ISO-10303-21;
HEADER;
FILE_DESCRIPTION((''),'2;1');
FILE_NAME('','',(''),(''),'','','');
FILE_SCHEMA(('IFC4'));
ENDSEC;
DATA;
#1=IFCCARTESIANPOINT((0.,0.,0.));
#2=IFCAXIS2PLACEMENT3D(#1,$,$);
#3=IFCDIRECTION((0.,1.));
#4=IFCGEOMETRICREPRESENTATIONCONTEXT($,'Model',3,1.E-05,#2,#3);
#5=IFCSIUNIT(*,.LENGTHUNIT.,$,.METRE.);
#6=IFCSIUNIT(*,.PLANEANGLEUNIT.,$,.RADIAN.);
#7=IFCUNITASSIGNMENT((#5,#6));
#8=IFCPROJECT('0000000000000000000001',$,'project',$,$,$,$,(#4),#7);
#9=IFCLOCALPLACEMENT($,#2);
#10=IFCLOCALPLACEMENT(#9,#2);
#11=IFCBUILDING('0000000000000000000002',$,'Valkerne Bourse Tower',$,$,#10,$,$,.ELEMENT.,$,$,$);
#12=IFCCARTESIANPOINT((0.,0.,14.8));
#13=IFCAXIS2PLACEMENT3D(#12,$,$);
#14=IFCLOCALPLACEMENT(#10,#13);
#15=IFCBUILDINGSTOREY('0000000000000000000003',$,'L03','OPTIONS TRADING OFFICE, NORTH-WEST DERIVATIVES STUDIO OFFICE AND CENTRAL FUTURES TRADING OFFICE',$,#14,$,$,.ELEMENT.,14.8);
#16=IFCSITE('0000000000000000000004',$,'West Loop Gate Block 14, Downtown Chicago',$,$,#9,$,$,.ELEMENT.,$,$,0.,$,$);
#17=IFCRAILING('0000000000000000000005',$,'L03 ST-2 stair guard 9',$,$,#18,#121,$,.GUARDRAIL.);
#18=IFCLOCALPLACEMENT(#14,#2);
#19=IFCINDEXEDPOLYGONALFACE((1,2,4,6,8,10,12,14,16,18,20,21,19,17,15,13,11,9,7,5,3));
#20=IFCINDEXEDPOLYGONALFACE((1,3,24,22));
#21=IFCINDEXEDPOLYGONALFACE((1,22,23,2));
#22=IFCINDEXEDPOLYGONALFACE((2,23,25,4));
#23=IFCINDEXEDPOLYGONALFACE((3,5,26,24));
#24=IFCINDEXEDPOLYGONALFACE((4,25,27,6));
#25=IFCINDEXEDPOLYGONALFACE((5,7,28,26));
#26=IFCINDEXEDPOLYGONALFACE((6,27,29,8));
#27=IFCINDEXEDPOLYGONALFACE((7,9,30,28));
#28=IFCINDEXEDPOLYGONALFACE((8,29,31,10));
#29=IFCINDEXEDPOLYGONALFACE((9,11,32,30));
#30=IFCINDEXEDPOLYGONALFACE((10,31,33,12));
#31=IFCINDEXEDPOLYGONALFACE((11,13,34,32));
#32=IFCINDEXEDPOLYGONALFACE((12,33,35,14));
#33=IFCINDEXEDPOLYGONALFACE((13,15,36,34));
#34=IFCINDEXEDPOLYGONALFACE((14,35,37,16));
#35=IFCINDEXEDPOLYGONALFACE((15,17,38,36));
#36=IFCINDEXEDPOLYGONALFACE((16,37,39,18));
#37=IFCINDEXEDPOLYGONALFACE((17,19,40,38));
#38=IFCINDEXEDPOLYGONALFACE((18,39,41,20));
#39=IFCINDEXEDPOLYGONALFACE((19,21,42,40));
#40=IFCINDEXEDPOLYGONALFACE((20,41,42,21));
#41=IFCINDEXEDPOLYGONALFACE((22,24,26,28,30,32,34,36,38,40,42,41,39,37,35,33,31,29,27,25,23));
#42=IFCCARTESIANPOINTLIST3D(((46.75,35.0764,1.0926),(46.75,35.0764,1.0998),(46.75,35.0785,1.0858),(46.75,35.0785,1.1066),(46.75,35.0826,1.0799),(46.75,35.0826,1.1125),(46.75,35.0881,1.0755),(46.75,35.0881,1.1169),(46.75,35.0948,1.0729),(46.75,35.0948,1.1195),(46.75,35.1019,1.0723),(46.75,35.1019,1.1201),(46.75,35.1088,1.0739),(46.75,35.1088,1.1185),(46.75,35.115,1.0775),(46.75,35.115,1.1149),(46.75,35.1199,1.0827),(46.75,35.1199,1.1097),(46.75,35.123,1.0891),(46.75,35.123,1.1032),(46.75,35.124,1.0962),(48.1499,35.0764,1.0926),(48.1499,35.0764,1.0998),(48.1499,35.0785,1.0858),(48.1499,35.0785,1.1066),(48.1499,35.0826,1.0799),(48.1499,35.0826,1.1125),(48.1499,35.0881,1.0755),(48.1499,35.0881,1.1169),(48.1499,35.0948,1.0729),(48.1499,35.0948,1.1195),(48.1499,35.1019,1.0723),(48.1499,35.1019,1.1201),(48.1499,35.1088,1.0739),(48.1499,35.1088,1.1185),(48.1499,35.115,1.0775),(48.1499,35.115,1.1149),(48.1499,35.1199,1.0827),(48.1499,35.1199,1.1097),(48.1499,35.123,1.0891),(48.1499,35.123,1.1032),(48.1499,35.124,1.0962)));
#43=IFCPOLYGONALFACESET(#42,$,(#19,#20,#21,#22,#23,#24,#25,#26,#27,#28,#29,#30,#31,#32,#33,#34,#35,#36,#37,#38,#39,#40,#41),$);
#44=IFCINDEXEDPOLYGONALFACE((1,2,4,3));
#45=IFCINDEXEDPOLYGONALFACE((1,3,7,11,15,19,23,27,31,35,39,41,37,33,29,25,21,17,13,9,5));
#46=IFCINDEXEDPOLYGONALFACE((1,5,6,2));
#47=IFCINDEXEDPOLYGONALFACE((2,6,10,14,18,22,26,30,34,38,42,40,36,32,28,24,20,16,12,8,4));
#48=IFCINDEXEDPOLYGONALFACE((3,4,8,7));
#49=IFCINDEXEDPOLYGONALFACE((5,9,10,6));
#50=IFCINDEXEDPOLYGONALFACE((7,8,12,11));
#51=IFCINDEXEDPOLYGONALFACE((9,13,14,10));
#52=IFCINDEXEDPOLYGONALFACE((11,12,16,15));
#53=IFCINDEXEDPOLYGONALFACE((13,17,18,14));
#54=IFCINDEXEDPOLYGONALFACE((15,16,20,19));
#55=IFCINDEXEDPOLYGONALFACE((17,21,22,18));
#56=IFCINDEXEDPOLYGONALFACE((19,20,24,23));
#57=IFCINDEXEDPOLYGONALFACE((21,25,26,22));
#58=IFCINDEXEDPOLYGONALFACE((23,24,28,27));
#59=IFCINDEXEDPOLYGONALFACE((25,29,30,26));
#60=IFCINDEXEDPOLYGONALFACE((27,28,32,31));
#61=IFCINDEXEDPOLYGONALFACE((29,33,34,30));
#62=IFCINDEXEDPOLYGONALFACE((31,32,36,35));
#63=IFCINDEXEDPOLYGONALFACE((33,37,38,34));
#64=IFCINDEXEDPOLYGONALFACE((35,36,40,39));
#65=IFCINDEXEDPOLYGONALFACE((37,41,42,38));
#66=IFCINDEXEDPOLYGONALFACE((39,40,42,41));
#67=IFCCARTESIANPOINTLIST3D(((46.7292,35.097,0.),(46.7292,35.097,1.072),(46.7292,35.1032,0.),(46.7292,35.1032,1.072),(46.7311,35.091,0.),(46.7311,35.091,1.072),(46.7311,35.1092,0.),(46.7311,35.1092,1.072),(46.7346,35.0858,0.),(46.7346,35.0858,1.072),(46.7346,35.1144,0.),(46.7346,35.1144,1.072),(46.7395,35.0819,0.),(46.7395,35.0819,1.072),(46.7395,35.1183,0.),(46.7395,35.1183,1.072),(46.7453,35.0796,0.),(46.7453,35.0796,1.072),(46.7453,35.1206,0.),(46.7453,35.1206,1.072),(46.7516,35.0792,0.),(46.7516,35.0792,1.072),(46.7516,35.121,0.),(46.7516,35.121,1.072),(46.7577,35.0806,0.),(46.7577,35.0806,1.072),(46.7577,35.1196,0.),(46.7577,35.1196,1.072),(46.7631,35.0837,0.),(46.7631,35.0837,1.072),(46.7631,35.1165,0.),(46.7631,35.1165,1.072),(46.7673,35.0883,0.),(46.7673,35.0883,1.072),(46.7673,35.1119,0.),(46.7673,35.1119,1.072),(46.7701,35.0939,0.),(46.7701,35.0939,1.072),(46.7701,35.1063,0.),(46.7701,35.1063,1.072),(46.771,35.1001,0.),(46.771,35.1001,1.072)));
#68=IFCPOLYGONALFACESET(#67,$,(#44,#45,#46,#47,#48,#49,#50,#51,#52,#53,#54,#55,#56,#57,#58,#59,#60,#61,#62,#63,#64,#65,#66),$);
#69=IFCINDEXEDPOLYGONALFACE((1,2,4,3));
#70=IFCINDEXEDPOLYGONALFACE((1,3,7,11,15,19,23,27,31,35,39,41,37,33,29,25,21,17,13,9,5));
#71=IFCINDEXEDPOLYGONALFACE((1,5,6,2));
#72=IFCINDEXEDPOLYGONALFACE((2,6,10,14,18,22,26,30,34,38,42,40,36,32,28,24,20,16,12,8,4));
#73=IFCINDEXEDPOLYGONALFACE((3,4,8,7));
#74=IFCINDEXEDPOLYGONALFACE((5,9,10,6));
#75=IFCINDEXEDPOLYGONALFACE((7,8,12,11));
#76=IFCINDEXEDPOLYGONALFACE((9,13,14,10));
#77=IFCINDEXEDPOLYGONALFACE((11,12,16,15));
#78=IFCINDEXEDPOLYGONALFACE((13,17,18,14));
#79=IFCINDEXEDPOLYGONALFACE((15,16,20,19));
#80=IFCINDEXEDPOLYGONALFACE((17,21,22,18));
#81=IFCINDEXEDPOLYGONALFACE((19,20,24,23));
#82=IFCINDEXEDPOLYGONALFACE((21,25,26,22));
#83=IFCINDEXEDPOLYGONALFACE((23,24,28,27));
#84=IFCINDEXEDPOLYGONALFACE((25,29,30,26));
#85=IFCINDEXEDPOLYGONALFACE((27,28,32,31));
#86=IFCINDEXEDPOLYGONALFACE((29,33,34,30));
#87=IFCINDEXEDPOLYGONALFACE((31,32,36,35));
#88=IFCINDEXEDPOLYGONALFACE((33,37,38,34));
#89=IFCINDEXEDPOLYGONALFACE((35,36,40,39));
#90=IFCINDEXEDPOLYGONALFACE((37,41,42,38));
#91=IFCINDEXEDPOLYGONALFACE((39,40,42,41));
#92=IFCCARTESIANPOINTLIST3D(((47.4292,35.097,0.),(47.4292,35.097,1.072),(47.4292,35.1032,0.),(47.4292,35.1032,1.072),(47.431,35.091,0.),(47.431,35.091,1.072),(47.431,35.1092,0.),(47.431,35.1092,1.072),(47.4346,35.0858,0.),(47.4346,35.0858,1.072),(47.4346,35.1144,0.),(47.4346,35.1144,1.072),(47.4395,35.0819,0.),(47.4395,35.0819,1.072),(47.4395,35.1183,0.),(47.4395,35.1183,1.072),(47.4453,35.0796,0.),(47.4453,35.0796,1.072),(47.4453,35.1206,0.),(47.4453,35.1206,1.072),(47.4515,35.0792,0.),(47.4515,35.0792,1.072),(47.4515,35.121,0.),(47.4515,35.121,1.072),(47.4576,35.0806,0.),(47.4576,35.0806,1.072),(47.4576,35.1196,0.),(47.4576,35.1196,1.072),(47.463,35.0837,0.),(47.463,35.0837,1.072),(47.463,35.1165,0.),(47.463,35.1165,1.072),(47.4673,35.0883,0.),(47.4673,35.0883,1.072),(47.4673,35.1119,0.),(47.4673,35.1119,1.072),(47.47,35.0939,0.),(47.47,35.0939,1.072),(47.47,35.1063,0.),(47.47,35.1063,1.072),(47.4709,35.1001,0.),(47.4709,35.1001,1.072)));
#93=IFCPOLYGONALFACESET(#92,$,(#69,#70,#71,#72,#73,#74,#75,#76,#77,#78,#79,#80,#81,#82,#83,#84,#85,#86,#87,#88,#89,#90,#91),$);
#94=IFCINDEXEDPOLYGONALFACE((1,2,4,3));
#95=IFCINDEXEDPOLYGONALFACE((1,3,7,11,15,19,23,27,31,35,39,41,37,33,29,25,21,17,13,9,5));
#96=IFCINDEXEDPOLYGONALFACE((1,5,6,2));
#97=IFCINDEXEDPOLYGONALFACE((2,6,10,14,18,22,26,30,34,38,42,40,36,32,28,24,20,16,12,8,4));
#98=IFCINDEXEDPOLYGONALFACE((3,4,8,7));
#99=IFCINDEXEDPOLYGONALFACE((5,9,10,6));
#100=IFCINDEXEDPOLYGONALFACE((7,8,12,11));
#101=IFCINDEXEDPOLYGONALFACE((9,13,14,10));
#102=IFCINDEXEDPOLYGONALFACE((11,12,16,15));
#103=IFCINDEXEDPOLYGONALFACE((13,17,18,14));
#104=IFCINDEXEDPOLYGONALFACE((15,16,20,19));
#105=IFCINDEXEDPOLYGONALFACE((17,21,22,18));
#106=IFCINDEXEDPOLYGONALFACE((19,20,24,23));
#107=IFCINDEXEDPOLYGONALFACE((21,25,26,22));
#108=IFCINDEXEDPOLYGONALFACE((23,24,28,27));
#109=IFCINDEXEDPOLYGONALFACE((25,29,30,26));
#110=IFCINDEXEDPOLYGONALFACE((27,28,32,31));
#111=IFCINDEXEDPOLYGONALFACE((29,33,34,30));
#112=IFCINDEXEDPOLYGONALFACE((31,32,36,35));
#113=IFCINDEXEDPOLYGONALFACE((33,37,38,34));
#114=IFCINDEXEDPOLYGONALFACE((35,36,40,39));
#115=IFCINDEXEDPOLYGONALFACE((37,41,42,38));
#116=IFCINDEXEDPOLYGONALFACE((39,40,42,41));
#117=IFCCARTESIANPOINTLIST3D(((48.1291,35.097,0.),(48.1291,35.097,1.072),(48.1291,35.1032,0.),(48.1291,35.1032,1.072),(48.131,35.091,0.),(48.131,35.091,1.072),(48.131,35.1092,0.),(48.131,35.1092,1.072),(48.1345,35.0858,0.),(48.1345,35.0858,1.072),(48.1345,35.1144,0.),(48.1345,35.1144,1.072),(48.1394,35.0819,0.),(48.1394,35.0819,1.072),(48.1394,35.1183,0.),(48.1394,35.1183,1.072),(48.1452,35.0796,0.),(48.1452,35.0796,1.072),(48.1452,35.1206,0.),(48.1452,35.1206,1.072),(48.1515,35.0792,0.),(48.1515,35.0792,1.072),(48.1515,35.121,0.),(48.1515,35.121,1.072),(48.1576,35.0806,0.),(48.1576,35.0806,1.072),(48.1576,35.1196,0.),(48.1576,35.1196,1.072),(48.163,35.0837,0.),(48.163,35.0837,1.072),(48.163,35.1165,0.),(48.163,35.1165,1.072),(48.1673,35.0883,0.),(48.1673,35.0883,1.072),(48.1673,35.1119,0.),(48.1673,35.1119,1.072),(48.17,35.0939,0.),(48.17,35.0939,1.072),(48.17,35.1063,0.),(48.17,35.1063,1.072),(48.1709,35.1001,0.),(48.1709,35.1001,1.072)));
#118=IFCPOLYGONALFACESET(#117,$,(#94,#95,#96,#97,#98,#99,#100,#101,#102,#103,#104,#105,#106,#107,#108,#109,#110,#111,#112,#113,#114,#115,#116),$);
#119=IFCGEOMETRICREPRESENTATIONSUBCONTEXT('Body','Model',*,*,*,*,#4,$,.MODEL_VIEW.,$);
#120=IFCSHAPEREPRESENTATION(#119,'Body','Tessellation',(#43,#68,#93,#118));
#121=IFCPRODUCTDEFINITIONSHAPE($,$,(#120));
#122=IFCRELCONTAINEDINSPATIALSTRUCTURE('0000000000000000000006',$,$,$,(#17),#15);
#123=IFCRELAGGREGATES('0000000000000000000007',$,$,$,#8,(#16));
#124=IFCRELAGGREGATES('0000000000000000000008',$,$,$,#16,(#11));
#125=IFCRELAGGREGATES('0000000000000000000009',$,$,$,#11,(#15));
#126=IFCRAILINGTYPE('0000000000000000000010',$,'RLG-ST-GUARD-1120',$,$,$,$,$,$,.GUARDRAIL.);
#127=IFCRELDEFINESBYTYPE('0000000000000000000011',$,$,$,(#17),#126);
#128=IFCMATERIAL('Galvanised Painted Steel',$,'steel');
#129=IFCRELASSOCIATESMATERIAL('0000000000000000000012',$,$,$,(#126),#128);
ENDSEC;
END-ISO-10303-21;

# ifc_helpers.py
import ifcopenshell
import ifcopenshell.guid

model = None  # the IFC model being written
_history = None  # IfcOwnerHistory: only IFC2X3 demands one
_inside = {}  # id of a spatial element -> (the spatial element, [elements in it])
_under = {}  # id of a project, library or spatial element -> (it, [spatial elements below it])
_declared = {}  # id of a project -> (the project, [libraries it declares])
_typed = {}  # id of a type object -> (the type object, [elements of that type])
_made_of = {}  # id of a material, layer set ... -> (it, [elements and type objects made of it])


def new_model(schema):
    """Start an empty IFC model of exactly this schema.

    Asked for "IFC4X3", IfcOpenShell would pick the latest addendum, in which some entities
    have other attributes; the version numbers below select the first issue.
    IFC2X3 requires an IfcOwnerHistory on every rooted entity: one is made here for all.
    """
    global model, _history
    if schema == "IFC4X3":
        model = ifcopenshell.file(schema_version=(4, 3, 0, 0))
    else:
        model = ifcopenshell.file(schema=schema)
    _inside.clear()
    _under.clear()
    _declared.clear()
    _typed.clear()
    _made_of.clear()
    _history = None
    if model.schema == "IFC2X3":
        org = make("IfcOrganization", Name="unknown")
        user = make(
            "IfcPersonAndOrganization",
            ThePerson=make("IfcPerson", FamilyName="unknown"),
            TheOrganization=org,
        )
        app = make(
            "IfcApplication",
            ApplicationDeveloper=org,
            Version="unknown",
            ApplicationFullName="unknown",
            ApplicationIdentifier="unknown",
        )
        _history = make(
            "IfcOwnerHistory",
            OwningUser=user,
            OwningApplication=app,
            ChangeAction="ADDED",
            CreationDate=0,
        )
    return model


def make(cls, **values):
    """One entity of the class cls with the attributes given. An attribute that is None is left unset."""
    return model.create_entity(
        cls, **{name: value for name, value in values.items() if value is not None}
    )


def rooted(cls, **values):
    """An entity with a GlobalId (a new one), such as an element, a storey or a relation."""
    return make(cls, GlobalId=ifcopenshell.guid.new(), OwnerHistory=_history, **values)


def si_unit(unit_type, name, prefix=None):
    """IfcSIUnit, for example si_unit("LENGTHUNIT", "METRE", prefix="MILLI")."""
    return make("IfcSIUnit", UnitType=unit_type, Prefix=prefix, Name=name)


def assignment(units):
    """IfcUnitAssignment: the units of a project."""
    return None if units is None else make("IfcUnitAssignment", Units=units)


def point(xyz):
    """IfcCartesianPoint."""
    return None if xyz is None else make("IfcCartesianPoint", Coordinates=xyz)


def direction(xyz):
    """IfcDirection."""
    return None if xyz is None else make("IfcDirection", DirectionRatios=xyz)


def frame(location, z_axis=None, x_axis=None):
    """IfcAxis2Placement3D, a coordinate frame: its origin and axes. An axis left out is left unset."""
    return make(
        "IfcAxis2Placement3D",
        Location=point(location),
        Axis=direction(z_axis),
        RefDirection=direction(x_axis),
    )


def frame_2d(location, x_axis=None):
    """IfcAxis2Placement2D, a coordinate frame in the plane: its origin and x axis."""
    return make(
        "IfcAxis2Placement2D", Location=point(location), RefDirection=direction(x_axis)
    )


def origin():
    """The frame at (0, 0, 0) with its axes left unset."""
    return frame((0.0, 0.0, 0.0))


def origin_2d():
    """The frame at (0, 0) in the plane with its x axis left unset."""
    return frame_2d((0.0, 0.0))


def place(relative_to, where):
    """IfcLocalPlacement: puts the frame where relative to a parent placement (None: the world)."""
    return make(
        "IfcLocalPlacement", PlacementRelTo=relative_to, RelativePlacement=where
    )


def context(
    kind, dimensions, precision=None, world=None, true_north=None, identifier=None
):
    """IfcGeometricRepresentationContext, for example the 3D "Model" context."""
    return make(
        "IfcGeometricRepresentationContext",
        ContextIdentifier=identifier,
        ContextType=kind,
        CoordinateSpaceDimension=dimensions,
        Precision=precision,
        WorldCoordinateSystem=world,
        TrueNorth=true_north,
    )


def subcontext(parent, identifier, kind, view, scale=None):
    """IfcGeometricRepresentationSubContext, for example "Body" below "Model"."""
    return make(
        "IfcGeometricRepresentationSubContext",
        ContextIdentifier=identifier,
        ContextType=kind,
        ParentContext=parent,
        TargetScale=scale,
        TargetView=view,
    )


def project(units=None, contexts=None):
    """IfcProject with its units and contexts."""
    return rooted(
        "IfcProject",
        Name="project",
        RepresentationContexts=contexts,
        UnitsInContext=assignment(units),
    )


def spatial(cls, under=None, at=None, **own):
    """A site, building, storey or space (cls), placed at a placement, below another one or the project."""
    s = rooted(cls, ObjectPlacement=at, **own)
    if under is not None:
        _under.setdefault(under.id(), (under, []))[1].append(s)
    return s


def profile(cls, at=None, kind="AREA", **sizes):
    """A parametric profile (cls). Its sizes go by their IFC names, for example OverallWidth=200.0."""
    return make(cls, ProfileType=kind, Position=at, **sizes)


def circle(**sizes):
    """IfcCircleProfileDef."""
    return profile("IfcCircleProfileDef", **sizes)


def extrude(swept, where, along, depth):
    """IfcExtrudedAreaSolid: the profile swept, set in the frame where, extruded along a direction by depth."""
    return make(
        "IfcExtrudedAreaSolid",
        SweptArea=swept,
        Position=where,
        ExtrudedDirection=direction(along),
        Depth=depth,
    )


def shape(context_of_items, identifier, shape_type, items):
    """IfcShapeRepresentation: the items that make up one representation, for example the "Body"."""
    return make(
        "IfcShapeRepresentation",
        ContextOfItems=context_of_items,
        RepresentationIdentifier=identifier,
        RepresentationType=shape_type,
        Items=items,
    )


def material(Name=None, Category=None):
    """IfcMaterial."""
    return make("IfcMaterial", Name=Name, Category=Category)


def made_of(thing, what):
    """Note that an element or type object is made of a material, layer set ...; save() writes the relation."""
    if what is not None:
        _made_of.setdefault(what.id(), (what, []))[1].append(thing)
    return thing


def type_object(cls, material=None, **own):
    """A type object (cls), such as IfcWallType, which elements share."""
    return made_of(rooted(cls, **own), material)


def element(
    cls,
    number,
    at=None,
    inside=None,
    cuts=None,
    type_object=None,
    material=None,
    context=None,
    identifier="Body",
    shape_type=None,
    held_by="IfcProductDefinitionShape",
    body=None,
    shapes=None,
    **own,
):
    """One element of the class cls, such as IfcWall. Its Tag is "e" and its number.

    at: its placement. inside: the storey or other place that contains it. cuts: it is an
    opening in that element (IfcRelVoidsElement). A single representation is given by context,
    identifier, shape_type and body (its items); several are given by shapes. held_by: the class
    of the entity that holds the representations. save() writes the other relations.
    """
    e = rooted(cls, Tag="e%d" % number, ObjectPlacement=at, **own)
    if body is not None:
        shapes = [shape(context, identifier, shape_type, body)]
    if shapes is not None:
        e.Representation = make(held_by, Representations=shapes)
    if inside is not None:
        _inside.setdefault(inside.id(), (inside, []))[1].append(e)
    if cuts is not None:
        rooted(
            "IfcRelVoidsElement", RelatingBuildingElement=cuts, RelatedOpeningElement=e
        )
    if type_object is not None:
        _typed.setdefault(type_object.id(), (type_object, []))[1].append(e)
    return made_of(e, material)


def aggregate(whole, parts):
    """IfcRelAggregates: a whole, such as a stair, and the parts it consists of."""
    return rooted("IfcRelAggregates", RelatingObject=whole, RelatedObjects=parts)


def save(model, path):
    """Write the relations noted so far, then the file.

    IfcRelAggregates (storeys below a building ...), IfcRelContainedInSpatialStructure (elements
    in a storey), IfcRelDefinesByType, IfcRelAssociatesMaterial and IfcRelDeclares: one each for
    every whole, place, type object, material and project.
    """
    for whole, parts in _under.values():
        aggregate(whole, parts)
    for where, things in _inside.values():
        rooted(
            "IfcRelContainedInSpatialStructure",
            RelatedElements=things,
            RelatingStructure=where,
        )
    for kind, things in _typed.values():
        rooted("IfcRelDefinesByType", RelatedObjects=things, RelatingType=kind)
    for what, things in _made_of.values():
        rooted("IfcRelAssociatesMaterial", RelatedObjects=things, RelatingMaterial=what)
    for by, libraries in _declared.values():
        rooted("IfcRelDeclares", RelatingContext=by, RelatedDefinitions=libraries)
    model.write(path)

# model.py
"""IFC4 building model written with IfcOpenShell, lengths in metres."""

from ifc_helpers import new_model, si_unit, direction, frame, origin, origin_2d, place, context, subcontext, project, spatial, circle, extrude, material, type_object, element, save


model = new_model("IFC4")

# Units and contexts
model_context = context("Model", 3, precision=1e-05, world=origin(), true_north=direction((0.0, 1.0)))
body_context = subcontext(model_context, "Body", "Model", "MODEL_VIEW")
ifc_project = project(units=[si_unit("LENGTHUNIT", "METRE"), si_unit("PLANEANGLEUNIT", "RADIAN")], contexts=[model_context])

# Site, building, storey
site_placement = place(None, origin())
site = spatial("IfcSite", under=ifc_project, at=site_placement, Name="West Loop Gate Block 14, Downtown Chicago", CompositionType="ELEMENT", RefElevation=0.0)
building_placement = place(site_placement, origin())
building = spatial("IfcBuilding", under=site, at=building_placement, Name="Valkerne Bourse Tower", CompositionType="ELEMENT")
storey_placement = place(building_placement, frame((0.0, 0.0, 14.8)))
storey = spatial("IfcBuildingStorey", under=building, at=storey_placement, Name="L03", Description="OPTIONS TRADING OFFICE, NORTH-WEST DERIVATIVES STUDIO OFFICE AND CENTRAL FUTURES TRADING OFFICE", CompositionType="ELEMENT", Elevation=14.8)

# Railing
ifc_material_1 = material(Name="Galvanised Painted Steel", Category="steel")
railing_type_1 = type_object("IfcRailingType", Name="RLG-ST-GUARD-1120", PredefinedType="GUARDRAIL", material=ifc_material_1)
railing_1_placement = place(storey_placement, frame((46.75, 35.1001, 0.0)))
element("IfcRailing", 1, at=railing_1_placement, inside=storey, type_object=railing_type_1, Name="L03 ST-2 stair guard 9", PredefinedType="GUARDRAIL", context=body_context, shape_type="SweptSolid", body=[
    extrude(circle(Radius=0.0239, at=origin_2d()), frame((0.0, 0.0, 1.0962), z_axis=(1.0, 0.0, 0.0), x_axis=(0.0, 1.0, 0.0)), (0.0, 0.0, 1.0), 1.3999),
    extrude(circle(Radius=0.021, at=origin_2d()), origin(), (0.0, 0.0, 1.0), 1.072),
    extrude(circle(Radius=0.021, at=origin_2d()), frame((0.7, 0.0, 0.0)), (0.0, 0.0, 1.0), 1.072),
    extrude(circle(Radius=0.021, at=origin_2d()), frame((1.3999, 0.0, 0.0)), (0.0, 0.0, 1.0), 1.072),
])

save(model, "model.ifc")
